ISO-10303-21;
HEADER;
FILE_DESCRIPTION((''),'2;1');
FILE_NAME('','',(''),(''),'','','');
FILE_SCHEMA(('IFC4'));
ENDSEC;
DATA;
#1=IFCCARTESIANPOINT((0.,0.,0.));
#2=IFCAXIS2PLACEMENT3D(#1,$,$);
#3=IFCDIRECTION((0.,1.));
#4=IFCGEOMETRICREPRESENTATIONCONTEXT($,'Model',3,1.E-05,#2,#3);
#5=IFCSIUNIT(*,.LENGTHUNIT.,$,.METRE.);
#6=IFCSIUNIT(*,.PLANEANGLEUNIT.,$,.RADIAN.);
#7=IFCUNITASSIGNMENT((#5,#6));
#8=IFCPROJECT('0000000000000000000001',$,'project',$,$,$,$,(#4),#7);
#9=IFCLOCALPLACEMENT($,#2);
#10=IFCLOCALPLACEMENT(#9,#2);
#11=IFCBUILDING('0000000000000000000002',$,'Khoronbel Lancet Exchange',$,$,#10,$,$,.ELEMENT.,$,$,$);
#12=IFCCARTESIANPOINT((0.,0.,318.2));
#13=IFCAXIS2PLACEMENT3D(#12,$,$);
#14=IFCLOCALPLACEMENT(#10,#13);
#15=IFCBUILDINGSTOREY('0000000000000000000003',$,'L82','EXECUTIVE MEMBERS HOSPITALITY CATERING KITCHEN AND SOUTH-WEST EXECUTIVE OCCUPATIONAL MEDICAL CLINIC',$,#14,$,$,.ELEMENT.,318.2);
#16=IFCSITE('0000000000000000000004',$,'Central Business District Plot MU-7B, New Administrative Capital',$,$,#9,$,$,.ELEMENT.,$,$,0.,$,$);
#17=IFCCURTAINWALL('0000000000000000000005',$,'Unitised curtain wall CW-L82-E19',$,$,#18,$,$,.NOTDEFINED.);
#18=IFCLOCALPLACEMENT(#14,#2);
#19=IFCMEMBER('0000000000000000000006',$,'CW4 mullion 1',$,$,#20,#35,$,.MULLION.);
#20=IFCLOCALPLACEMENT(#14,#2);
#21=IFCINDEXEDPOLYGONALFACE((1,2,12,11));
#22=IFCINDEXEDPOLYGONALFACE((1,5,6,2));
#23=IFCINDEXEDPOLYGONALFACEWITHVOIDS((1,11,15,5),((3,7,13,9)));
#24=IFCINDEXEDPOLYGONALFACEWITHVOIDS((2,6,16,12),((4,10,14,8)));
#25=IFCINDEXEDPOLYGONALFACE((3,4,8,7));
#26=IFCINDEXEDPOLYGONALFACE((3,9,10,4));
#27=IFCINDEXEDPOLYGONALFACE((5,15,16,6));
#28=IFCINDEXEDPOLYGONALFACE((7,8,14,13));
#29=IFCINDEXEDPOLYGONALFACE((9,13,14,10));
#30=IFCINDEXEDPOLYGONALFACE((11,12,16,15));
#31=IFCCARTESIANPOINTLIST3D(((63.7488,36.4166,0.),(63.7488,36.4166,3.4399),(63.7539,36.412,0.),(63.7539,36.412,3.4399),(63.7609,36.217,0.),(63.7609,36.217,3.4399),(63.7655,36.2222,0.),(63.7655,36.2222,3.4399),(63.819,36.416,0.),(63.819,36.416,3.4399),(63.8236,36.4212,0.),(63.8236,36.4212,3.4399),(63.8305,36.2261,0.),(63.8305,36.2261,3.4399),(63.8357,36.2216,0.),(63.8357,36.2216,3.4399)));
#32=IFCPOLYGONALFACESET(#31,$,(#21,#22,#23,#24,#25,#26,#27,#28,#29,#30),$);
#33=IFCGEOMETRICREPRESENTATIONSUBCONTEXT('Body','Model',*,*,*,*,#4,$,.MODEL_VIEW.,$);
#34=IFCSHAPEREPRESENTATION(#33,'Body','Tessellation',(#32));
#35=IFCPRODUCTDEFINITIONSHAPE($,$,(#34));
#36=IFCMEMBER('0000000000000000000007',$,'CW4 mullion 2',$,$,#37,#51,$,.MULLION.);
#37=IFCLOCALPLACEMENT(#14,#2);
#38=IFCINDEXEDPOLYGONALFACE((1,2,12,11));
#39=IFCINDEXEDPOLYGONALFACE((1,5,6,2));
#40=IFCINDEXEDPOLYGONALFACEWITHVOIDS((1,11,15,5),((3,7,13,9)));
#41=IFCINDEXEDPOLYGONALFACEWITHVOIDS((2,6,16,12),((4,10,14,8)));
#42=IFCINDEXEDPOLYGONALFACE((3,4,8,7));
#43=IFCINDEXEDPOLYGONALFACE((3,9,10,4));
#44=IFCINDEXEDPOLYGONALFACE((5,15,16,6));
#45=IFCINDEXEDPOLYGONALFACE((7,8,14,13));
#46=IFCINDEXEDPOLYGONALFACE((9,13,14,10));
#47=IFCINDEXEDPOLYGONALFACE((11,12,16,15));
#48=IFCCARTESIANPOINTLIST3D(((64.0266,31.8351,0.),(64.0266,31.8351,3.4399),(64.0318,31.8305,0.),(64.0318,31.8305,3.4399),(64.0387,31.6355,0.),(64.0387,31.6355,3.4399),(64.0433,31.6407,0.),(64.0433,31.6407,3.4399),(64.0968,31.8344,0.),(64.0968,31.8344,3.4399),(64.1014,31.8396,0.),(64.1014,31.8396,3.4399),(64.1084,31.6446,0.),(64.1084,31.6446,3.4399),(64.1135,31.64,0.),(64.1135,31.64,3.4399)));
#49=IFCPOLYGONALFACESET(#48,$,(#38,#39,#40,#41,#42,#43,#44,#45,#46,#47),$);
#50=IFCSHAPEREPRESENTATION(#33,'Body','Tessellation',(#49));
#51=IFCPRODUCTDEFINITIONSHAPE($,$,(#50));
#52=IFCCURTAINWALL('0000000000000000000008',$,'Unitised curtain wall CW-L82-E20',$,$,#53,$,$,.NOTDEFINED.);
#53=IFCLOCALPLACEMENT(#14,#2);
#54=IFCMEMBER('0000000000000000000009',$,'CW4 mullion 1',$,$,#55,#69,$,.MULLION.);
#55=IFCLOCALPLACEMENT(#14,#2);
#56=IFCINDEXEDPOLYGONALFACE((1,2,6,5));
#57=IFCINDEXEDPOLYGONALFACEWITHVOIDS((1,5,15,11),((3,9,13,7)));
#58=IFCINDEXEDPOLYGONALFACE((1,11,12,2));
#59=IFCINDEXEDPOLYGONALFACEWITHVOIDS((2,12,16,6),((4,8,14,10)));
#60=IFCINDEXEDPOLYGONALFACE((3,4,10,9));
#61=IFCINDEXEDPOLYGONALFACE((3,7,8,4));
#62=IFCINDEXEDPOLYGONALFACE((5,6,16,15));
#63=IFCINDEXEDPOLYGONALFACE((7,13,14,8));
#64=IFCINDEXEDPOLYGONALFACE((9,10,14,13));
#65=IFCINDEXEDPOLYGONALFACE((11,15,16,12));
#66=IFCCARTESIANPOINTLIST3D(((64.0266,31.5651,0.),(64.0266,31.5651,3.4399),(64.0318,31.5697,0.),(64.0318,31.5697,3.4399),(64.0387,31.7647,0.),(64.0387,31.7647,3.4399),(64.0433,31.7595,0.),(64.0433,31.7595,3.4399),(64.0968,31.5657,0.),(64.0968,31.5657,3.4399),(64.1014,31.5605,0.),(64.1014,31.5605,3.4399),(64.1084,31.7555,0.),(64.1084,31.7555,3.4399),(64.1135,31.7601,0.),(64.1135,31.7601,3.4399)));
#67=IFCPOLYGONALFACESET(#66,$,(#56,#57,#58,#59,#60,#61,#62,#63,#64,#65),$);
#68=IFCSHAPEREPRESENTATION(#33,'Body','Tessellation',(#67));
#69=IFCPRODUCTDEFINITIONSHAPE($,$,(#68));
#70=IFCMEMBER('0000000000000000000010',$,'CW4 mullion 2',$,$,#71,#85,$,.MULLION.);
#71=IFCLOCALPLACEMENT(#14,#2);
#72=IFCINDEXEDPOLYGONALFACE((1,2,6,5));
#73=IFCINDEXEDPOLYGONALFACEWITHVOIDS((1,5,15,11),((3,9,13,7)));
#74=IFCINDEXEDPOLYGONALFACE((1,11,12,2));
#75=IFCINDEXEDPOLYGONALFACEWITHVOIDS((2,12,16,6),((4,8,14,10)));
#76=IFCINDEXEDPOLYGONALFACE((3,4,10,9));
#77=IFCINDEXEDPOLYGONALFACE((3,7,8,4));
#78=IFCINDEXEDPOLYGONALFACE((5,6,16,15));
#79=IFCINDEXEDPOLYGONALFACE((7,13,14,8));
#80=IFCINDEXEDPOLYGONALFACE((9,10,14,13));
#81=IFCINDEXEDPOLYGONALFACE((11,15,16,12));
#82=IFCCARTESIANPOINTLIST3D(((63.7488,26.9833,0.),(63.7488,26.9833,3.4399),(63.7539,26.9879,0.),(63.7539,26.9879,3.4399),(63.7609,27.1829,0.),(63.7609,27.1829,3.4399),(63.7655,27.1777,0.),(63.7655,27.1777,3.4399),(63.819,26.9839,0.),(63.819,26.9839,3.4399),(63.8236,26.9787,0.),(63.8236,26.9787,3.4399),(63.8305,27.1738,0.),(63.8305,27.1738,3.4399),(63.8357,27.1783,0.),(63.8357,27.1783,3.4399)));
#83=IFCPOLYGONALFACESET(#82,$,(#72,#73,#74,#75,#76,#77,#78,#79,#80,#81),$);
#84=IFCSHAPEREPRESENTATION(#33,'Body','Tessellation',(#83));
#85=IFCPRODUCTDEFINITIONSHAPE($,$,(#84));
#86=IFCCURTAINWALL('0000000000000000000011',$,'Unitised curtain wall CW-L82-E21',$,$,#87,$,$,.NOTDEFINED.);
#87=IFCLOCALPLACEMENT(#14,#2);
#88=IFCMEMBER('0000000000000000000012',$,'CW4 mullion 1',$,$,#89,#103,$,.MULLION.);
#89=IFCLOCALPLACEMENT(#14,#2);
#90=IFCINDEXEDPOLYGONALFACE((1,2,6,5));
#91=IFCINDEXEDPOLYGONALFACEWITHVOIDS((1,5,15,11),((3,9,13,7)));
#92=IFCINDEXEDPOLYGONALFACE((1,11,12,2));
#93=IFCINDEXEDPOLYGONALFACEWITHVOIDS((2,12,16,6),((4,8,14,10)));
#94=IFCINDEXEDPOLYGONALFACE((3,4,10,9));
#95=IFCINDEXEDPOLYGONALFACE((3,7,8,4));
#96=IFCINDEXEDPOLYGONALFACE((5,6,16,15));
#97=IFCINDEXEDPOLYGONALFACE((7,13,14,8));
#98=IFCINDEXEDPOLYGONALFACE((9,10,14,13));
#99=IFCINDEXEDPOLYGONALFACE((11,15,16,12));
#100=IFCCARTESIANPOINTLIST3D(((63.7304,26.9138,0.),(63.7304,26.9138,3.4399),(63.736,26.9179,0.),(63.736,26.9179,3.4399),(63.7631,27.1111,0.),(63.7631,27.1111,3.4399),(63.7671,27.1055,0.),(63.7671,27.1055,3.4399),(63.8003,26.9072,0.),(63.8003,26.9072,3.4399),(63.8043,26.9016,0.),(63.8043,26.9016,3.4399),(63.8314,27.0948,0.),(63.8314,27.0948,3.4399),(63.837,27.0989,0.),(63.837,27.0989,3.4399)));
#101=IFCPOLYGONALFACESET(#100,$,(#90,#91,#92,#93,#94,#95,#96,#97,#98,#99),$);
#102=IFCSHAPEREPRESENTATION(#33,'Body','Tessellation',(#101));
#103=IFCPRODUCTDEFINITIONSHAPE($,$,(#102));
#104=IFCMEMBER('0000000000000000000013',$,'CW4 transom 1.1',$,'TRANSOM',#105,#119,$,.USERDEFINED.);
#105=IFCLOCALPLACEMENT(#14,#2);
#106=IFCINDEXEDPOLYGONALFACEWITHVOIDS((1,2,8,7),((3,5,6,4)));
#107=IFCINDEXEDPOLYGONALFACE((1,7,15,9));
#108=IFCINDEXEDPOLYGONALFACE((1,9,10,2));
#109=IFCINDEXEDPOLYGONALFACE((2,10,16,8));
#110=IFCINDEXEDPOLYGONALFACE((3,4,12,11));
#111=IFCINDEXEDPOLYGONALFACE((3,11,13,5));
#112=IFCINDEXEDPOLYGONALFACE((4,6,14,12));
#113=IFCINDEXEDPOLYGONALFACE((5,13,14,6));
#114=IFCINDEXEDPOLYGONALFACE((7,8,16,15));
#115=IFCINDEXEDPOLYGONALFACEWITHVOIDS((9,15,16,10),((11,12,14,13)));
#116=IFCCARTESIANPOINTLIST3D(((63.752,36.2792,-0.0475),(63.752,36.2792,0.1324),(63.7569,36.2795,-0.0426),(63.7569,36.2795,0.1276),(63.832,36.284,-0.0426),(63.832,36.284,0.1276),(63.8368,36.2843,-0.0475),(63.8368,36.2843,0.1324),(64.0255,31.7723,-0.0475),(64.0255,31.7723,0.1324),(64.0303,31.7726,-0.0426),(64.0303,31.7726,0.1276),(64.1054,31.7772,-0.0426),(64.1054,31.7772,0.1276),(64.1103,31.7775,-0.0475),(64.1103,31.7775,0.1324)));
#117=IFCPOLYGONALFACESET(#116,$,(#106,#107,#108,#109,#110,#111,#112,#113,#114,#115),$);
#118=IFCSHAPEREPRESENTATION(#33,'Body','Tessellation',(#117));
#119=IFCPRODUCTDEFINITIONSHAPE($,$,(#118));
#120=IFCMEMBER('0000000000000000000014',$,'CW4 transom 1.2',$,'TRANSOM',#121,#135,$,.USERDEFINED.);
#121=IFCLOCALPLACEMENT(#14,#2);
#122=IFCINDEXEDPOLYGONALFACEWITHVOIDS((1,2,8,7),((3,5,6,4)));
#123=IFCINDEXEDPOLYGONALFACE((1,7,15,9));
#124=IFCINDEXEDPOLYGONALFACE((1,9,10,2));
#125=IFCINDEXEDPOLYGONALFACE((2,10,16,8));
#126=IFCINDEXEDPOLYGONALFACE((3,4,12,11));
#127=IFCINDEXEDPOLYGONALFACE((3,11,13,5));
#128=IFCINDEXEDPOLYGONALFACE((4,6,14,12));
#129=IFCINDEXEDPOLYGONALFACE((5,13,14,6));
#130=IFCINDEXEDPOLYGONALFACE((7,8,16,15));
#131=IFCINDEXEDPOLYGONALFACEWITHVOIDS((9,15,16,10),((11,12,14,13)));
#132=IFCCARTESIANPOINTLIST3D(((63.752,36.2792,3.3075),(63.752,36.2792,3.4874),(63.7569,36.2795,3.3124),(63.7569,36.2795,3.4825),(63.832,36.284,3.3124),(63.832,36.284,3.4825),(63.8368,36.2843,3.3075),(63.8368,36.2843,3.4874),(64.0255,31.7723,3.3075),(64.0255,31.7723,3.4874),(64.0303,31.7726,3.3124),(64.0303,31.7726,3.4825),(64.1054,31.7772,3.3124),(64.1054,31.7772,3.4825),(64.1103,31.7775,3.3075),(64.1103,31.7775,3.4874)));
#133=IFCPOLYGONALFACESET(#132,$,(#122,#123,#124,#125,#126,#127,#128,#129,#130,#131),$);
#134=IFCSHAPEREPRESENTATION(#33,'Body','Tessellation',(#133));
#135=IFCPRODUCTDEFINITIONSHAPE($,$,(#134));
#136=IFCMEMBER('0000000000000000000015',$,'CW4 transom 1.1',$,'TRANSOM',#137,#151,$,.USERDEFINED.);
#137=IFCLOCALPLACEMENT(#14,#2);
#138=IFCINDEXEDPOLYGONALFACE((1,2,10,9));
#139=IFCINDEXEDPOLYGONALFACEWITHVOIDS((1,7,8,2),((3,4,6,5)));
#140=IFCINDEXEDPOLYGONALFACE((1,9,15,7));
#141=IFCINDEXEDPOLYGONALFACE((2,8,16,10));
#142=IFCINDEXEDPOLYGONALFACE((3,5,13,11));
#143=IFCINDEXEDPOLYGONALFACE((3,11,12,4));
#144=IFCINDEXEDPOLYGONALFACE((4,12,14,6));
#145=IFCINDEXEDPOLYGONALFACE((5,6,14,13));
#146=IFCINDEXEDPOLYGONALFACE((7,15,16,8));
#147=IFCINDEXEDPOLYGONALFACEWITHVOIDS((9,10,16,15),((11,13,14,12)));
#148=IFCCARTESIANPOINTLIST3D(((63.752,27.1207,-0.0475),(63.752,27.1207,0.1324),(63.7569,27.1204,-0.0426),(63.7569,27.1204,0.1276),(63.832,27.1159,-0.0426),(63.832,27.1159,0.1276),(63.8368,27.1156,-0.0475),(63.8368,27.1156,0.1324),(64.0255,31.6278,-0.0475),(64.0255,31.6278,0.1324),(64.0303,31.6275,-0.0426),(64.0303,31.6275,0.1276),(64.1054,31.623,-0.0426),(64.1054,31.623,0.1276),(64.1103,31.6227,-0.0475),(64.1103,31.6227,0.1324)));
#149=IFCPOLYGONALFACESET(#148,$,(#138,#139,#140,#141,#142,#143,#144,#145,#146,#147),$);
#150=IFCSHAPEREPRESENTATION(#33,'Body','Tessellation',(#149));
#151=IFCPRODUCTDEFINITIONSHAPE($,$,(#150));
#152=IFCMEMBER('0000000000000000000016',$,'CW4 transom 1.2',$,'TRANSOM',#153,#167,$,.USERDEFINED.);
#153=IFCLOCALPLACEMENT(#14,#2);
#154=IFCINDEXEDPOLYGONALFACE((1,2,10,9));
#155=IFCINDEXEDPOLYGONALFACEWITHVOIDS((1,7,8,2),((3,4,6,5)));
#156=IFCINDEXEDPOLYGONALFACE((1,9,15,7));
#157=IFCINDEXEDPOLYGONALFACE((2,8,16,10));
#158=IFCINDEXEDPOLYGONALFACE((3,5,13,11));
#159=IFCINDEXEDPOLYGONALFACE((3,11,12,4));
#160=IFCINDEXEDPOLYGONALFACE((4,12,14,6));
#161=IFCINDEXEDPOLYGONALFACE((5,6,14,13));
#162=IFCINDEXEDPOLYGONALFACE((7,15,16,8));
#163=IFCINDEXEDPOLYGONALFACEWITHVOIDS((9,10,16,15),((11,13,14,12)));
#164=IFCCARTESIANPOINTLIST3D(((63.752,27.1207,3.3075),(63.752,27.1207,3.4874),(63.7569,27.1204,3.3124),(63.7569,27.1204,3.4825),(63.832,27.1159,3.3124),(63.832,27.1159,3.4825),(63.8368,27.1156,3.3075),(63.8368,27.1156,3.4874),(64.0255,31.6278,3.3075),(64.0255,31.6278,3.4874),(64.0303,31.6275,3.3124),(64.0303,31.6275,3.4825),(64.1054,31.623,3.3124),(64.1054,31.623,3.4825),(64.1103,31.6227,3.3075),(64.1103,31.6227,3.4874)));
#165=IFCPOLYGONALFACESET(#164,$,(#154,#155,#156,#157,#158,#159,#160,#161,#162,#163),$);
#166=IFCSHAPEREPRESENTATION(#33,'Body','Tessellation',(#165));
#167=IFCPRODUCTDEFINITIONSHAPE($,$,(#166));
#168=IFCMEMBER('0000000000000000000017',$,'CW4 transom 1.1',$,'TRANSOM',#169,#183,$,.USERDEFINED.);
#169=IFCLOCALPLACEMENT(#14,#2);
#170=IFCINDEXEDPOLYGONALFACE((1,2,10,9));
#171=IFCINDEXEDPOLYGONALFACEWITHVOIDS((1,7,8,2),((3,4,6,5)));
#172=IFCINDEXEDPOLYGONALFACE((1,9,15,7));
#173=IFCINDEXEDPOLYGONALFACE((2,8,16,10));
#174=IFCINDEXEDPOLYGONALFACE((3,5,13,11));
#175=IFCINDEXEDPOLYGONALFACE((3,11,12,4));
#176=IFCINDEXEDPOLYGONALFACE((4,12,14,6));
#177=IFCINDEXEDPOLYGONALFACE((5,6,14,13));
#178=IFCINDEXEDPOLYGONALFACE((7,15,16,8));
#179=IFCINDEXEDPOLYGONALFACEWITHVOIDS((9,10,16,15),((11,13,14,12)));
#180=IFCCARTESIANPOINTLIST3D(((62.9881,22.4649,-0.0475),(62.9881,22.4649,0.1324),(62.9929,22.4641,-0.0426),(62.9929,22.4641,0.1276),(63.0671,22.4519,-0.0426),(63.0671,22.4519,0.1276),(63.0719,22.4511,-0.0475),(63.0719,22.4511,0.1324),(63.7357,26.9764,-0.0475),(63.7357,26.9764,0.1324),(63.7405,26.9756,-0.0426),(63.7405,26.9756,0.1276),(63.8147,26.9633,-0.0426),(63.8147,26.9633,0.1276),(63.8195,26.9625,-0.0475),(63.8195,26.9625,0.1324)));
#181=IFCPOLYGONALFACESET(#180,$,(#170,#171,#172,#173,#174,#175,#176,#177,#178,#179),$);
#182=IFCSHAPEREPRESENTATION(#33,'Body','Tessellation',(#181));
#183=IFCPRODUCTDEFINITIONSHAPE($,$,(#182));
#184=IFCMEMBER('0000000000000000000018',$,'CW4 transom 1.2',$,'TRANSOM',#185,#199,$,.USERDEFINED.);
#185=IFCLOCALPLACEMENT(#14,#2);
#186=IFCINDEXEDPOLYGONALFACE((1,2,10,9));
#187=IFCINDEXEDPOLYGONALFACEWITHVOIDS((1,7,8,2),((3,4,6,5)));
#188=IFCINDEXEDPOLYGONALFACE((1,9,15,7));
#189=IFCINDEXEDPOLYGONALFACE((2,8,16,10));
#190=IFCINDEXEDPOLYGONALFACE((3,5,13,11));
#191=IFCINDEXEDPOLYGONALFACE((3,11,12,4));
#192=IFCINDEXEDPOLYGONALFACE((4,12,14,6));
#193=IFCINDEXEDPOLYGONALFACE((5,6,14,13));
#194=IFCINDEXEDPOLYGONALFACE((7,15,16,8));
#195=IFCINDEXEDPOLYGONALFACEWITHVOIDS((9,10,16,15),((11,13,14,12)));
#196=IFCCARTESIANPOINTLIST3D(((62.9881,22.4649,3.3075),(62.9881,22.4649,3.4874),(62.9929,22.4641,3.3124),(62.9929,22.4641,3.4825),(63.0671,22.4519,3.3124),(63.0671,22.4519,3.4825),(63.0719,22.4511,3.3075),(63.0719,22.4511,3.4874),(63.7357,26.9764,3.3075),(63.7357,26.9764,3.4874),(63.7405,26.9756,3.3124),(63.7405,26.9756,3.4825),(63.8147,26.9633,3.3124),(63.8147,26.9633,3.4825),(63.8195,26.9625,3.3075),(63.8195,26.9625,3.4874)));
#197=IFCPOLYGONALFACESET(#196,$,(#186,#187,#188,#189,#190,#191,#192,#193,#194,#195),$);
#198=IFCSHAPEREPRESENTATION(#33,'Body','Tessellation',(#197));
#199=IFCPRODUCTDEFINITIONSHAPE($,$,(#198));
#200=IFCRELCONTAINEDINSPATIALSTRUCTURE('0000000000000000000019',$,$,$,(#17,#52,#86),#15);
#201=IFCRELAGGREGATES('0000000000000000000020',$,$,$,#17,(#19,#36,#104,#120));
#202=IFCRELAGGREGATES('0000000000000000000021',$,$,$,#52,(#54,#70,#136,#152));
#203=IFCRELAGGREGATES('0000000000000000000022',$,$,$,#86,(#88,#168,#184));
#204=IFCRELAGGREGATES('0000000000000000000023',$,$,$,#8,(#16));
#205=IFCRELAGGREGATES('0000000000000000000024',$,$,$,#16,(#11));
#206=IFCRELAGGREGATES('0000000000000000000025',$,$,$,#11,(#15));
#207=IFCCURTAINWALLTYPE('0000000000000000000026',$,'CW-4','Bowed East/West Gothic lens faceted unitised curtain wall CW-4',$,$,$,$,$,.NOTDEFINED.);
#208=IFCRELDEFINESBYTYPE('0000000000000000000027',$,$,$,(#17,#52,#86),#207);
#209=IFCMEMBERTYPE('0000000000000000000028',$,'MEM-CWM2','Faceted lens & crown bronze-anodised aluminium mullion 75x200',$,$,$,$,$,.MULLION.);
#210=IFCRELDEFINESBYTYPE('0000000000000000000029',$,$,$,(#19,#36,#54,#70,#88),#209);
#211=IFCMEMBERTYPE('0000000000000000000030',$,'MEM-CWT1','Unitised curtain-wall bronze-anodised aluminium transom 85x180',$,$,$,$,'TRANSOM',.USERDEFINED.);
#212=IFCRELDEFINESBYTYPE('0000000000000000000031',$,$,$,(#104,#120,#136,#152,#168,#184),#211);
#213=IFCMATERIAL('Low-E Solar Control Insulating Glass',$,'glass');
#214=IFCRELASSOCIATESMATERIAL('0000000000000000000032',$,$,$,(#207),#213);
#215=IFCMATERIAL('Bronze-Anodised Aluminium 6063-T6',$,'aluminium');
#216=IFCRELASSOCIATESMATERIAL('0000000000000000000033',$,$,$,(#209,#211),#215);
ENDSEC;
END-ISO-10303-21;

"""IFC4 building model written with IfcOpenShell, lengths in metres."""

from ifc_helpers import new_model, si_unit, direction, frame, origin, origin_2d, place, context, subcontext, project, spatial, hollow_rectangle, extrude, material, material_profile, profile_set, type_object, element, aggregate, save


model = new_model("IFC4")

# Units and contexts
model_context = context("Model", 3, precision=1e-05, world=origin(), true_north=direction((0.0, 1.0)))
body_context = subcontext(model_context, "Body", "Model", "MODEL_VIEW")
ifc_project = project(units=[si_unit("LENGTHUNIT", "METRE"), si_unit("PLANEANGLEUNIT", "RADIAN")], contexts=[model_context])

# Site, building, storey
site_placement = place(None, origin())
site = spatial("IfcSite", under=ifc_project, at=site_placement, Name="Central Business District Plot MU-7B, New Administrative Capital", CompositionType="ELEMENT", RefElevation=0.0)
building_placement = place(site_placement, origin())
building = spatial("IfcBuilding", under=site, at=building_placement, Name="Khoronbel Lancet Exchange", CompositionType="ELEMENT")
storey_placement = place(building_placement, frame((0.0, 0.0, 318.2)))
storey = spatial("IfcBuildingStorey", under=building, at=storey_placement, Name="L82", Description="EXECUTIVE MEMBERS HOSPITALITY CATERING KITCHEN AND SOUTH-WEST EXECUTIVE OCCUPATIONAL MEDICAL CLINIC", CompositionType="ELEMENT", Elevation=318.2)

# Shared definitions
ifc_material_1 = material(Name="Low-E Solar Control Insulating Glass", Category="glass")
curtain_wall_type = type_object("IfcCurtainWallType", Name="CW-4", Description="Bowed East/West Gothic lens faceted unitised curtain wall CW-4", PredefinedType="NOTDEFINED", material=ifc_material_1)
ifc_material_2 = material(Name="Bronze-Anodised Aluminium 6063-T6", Category="aluminium")
ifc_material_profile_1 = material_profile(ifc_material_2, hollow_rectangle(XDim=0.075, YDim=0.2, WallThickness=0.0049, at=origin_2d()), Name="ALU MULLION 75x200")
ifc_profile_set_1 = profile_set([ifc_material_profile_1], Name="Bronze-Anodised Aluminium 6063-T6")
member_type_1 = type_object("IfcMemberType", Name="MEM-CWM2", Description="Faceted lens & crown bronze-anodised aluminium mullion 75x200", PredefinedType="MULLION", material=ifc_profile_set_1)

# Curtain walls, members
curtain_wall_1_placement = place(storey_placement, origin())
curtain_wall_1 = element("IfcCurtainWall", 1, at=curtain_wall_1_placement, inside=storey, type_object=curtain_wall_type, Name="Unitised curtain wall CW-L82-E19", PredefinedType="NOTDEFINED")
member_1_placement = place(storey_placement, frame((63.7922, 36.3191, 0.0), z_axis=(0.0, 0.0, 1.0), x_axis=(0.998166, 0.060534, 0.0)))
member_1 = element("IfcMember", 2, at=member_1_placement, type_object=member_type_1, Name="CW4 mullion 1", PredefinedType="MULLION", context=body_context, shape_type="SweptSolid", body=[
    extrude(hollow_rectangle(XDim=0.075, YDim=0.2, WallThickness=0.0049, at=origin_2d()), origin(), (0.0, 0.0, 1.0), 3.4399),
])
member_2_placement = place(storey_placement, frame((64.0701, 31.7375, 0.0), z_axis=(0.0, 0.0, 1.0), x_axis=(0.998166, 0.060534, 0.0)))
member_2 = element("IfcMember", 3, at=member_2_placement, type_object=member_type_1, Name="CW4 mullion 2", PredefinedType="MULLION", context=body_context, shape_type="SweptSolid", body=[
    extrude(hollow_rectangle(XDim=0.075, YDim=0.2, WallThickness=0.0049, at=origin_2d()), origin(), (0.0, 0.0, 1.0), 3.4399),
])
curtain_wall_2_placement = place(storey_placement, origin())
curtain_wall_2 = element("IfcCurtainWall", 4, at=curtain_wall_2_placement, inside=storey, type_object=curtain_wall_type, Name="Unitised curtain wall CW-L82-E20", PredefinedType="NOTDEFINED")
member_3_placement = place(storey_placement, frame((64.0701, 31.6626, 0.0), z_axis=(0.0, 0.0, 1.0), x_axis=(0.998166, -0.060534, 0.0)))
member_3 = element("IfcMember", 5, at=member_3_placement, type_object=member_type_1, Name="CW4 mullion 1", PredefinedType="MULLION", context=body_context, shape_type="SweptSolid", body=[
    extrude(hollow_rectangle(XDim=0.075, YDim=0.2, WallThickness=0.0049, at=origin_2d()), origin(), (0.0, 0.0, 1.0), 3.4399),
])
member_4_placement = place(storey_placement, frame((63.7922, 27.0808, 0.0), z_axis=(0.0, 0.0, 1.0), x_axis=(0.998166, -0.060534, 0.0)))
member_4 = element("IfcMember", 6, at=member_4_placement, type_object=member_type_1, Name="CW4 mullion 2", PredefinedType="MULLION", context=body_context, shape_type="SweptSolid", body=[
    extrude(hollow_rectangle(XDim=0.075, YDim=0.2, WallThickness=0.0049, at=origin_2d()), origin(), (0.0, 0.0, 1.0), 3.4399),
])

# Curtain wall, member
curtain_wall_3_placement = place(storey_placement, origin())
curtain_wall_3 = element("IfcCurtainWall", 7, at=curtain_wall_3_placement, inside=storey, type_object=curtain_wall_type, Name="Unitised curtain wall CW-L82-E21", PredefinedType="NOTDEFINED")
member_5_placement = place(storey_placement, frame((63.7837, 27.0063, 0.0), z_axis=(0.0, 0.0, 1.0), x_axis=(0.986547, -0.163479, 0.0)))
member_5 = element("IfcMember", 8, at=member_5_placement, type_object=member_type_1, Name="CW4 mullion 1", PredefinedType="MULLION", context=body_context, shape_type="SweptSolid", body=[
    extrude(hollow_rectangle(XDim=0.075, YDim=0.2, WallThickness=0.0049, at=origin_2d()), origin(), (0.0, 0.0, 1.0), 3.4399),
])

# Members
ifc_material_profile_2 = material_profile(ifc_material_2, hollow_rectangle(XDim=0.085, YDim=0.1799, WallThickness=0.0049, at=origin_2d()), Name="ALU TRANSOM 85x180")
ifc_profile_set_2 = profile_set([ifc_material_profile_2], Name="Bronze-Anodised Aluminium 6063-T6")
member_type_2 = type_object("IfcMemberType", Name="MEM-CWT1", Description="Unitised curtain-wall bronze-anodised aluminium transom 85x180", ElementType="TRANSOM", PredefinedType="USERDEFINED", material=ifc_profile_set_2)
member_6_placement = place(storey_placement, frame((63.7944, 36.2817, 0.0425), z_axis=(0.06056, -0.998165, 0.0), x_axis=(0.998165, 0.06056, 0.0)))
member_6 = element("IfcMember", 9, at=member_6_placement, type_object=member_type_2, Name="CW4 transom 1.1", ObjectType="TRANSOM", PredefinedType="USERDEFINED", context=body_context, shape_type="SweptSolid", body=[
    extrude(hollow_rectangle(XDim=0.085, YDim=0.1799, WallThickness=0.0049, at=origin_2d()), origin(), (0.0, 0.0, 1.0), 4.5151),
])
member_7_placement = place(storey_placement, frame((63.7944, 36.2817, 3.3975), z_axis=(0.06056, -0.998165, 0.0), x_axis=(0.998165, 0.06056, 0.0)))
member_7 = element("IfcMember", 10, at=member_7_placement, type_object=member_type_2, Name="CW4 transom 1.2", ObjectType="TRANSOM", PredefinedType="USERDEFINED", context=body_context, shape_type="SweptSolid", body=[
    extrude(hollow_rectangle(XDim=0.085, YDim=0.1799, WallThickness=0.0049, at=origin_2d()), origin(), (0.0, 0.0, 1.0), 4.5151),
])
member_8_placement = place(storey_placement, frame((64.0679, 31.6252, 0.0425), z_axis=(-0.060557, -0.998165, 0.0), x_axis=(0.998165, -0.060557, 0.0)))
member_8 = element("IfcMember", 11, at=member_8_placement, type_object=member_type_2, Name="CW4 transom 1.1", ObjectType="TRANSOM", PredefinedType="USERDEFINED", context=body_context, shape_type="SweptSolid", body=[
    extrude(hollow_rectangle(XDim=0.085, YDim=0.1799, WallThickness=0.0049, at=origin_2d()), origin(), (0.0, 0.0, 1.0), 4.5154),
])
member_9_placement = place(storey_placement, frame((64.0679, 31.6252, 3.3975), z_axis=(-0.060557, -0.998165, 0.0), x_axis=(0.998165, -0.060557, 0.0)))
member_9 = element("IfcMember", 12, at=member_9_placement, type_object=member_type_2, Name="CW4 transom 1.2", ObjectType="TRANSOM", PredefinedType="USERDEFINED", context=body_context, shape_type="SweptSolid", body=[
    extrude(hollow_rectangle(XDim=0.085, YDim=0.1799, WallThickness=0.0049, at=origin_2d()), origin(), (0.0, 0.0, 1.0), 4.5154),
])
member_10_placement = place(storey_placement, frame((63.7776, 26.9695, 0.0425), z_axis=(-0.163473, -0.986548, 0.0), x_axis=(0.986548, -0.163473, 0.0)))
member_10 = element("IfcMember", 13, at=member_10_placement, type_object=member_type_2, Name="CW4 transom 1.1", ObjectType="TRANSOM", PredefinedType="USERDEFINED", context=body_context, shape_type="SweptSolid", body=[
    extrude(hollow_rectangle(XDim=0.085, YDim=0.1799, WallThickness=0.0049, at=origin_2d()), origin(), (0.0, 0.0, 1.0), 4.573),
])
member_11_placement = place(storey_placement, frame((63.7776, 26.9695, 3.3975), z_axis=(-0.163473, -0.986548, 0.0), x_axis=(0.986548, -0.163473, 0.0)))
member_11 = element("IfcMember", 14, at=member_11_placement, type_object=member_type_2, Name="CW4 transom 1.2", ObjectType="TRANSOM", PredefinedType="USERDEFINED", context=body_context, shape_type="SweptSolid", body=[
    extrude(hollow_rectangle(XDim=0.085, YDim=0.1799, WallThickness=0.0049, at=origin_2d()), origin(), (0.0, 0.0, 1.0), 4.573),
])

aggregate(curtain_wall_1, [member_1, member_2, member_6, member_7])
aggregate(curtain_wall_2, [member_3, member_4, member_8, member_9])
aggregate(curtain_wall_3, [member_5, member_10, member_11])

save(model, "model.ifc")
